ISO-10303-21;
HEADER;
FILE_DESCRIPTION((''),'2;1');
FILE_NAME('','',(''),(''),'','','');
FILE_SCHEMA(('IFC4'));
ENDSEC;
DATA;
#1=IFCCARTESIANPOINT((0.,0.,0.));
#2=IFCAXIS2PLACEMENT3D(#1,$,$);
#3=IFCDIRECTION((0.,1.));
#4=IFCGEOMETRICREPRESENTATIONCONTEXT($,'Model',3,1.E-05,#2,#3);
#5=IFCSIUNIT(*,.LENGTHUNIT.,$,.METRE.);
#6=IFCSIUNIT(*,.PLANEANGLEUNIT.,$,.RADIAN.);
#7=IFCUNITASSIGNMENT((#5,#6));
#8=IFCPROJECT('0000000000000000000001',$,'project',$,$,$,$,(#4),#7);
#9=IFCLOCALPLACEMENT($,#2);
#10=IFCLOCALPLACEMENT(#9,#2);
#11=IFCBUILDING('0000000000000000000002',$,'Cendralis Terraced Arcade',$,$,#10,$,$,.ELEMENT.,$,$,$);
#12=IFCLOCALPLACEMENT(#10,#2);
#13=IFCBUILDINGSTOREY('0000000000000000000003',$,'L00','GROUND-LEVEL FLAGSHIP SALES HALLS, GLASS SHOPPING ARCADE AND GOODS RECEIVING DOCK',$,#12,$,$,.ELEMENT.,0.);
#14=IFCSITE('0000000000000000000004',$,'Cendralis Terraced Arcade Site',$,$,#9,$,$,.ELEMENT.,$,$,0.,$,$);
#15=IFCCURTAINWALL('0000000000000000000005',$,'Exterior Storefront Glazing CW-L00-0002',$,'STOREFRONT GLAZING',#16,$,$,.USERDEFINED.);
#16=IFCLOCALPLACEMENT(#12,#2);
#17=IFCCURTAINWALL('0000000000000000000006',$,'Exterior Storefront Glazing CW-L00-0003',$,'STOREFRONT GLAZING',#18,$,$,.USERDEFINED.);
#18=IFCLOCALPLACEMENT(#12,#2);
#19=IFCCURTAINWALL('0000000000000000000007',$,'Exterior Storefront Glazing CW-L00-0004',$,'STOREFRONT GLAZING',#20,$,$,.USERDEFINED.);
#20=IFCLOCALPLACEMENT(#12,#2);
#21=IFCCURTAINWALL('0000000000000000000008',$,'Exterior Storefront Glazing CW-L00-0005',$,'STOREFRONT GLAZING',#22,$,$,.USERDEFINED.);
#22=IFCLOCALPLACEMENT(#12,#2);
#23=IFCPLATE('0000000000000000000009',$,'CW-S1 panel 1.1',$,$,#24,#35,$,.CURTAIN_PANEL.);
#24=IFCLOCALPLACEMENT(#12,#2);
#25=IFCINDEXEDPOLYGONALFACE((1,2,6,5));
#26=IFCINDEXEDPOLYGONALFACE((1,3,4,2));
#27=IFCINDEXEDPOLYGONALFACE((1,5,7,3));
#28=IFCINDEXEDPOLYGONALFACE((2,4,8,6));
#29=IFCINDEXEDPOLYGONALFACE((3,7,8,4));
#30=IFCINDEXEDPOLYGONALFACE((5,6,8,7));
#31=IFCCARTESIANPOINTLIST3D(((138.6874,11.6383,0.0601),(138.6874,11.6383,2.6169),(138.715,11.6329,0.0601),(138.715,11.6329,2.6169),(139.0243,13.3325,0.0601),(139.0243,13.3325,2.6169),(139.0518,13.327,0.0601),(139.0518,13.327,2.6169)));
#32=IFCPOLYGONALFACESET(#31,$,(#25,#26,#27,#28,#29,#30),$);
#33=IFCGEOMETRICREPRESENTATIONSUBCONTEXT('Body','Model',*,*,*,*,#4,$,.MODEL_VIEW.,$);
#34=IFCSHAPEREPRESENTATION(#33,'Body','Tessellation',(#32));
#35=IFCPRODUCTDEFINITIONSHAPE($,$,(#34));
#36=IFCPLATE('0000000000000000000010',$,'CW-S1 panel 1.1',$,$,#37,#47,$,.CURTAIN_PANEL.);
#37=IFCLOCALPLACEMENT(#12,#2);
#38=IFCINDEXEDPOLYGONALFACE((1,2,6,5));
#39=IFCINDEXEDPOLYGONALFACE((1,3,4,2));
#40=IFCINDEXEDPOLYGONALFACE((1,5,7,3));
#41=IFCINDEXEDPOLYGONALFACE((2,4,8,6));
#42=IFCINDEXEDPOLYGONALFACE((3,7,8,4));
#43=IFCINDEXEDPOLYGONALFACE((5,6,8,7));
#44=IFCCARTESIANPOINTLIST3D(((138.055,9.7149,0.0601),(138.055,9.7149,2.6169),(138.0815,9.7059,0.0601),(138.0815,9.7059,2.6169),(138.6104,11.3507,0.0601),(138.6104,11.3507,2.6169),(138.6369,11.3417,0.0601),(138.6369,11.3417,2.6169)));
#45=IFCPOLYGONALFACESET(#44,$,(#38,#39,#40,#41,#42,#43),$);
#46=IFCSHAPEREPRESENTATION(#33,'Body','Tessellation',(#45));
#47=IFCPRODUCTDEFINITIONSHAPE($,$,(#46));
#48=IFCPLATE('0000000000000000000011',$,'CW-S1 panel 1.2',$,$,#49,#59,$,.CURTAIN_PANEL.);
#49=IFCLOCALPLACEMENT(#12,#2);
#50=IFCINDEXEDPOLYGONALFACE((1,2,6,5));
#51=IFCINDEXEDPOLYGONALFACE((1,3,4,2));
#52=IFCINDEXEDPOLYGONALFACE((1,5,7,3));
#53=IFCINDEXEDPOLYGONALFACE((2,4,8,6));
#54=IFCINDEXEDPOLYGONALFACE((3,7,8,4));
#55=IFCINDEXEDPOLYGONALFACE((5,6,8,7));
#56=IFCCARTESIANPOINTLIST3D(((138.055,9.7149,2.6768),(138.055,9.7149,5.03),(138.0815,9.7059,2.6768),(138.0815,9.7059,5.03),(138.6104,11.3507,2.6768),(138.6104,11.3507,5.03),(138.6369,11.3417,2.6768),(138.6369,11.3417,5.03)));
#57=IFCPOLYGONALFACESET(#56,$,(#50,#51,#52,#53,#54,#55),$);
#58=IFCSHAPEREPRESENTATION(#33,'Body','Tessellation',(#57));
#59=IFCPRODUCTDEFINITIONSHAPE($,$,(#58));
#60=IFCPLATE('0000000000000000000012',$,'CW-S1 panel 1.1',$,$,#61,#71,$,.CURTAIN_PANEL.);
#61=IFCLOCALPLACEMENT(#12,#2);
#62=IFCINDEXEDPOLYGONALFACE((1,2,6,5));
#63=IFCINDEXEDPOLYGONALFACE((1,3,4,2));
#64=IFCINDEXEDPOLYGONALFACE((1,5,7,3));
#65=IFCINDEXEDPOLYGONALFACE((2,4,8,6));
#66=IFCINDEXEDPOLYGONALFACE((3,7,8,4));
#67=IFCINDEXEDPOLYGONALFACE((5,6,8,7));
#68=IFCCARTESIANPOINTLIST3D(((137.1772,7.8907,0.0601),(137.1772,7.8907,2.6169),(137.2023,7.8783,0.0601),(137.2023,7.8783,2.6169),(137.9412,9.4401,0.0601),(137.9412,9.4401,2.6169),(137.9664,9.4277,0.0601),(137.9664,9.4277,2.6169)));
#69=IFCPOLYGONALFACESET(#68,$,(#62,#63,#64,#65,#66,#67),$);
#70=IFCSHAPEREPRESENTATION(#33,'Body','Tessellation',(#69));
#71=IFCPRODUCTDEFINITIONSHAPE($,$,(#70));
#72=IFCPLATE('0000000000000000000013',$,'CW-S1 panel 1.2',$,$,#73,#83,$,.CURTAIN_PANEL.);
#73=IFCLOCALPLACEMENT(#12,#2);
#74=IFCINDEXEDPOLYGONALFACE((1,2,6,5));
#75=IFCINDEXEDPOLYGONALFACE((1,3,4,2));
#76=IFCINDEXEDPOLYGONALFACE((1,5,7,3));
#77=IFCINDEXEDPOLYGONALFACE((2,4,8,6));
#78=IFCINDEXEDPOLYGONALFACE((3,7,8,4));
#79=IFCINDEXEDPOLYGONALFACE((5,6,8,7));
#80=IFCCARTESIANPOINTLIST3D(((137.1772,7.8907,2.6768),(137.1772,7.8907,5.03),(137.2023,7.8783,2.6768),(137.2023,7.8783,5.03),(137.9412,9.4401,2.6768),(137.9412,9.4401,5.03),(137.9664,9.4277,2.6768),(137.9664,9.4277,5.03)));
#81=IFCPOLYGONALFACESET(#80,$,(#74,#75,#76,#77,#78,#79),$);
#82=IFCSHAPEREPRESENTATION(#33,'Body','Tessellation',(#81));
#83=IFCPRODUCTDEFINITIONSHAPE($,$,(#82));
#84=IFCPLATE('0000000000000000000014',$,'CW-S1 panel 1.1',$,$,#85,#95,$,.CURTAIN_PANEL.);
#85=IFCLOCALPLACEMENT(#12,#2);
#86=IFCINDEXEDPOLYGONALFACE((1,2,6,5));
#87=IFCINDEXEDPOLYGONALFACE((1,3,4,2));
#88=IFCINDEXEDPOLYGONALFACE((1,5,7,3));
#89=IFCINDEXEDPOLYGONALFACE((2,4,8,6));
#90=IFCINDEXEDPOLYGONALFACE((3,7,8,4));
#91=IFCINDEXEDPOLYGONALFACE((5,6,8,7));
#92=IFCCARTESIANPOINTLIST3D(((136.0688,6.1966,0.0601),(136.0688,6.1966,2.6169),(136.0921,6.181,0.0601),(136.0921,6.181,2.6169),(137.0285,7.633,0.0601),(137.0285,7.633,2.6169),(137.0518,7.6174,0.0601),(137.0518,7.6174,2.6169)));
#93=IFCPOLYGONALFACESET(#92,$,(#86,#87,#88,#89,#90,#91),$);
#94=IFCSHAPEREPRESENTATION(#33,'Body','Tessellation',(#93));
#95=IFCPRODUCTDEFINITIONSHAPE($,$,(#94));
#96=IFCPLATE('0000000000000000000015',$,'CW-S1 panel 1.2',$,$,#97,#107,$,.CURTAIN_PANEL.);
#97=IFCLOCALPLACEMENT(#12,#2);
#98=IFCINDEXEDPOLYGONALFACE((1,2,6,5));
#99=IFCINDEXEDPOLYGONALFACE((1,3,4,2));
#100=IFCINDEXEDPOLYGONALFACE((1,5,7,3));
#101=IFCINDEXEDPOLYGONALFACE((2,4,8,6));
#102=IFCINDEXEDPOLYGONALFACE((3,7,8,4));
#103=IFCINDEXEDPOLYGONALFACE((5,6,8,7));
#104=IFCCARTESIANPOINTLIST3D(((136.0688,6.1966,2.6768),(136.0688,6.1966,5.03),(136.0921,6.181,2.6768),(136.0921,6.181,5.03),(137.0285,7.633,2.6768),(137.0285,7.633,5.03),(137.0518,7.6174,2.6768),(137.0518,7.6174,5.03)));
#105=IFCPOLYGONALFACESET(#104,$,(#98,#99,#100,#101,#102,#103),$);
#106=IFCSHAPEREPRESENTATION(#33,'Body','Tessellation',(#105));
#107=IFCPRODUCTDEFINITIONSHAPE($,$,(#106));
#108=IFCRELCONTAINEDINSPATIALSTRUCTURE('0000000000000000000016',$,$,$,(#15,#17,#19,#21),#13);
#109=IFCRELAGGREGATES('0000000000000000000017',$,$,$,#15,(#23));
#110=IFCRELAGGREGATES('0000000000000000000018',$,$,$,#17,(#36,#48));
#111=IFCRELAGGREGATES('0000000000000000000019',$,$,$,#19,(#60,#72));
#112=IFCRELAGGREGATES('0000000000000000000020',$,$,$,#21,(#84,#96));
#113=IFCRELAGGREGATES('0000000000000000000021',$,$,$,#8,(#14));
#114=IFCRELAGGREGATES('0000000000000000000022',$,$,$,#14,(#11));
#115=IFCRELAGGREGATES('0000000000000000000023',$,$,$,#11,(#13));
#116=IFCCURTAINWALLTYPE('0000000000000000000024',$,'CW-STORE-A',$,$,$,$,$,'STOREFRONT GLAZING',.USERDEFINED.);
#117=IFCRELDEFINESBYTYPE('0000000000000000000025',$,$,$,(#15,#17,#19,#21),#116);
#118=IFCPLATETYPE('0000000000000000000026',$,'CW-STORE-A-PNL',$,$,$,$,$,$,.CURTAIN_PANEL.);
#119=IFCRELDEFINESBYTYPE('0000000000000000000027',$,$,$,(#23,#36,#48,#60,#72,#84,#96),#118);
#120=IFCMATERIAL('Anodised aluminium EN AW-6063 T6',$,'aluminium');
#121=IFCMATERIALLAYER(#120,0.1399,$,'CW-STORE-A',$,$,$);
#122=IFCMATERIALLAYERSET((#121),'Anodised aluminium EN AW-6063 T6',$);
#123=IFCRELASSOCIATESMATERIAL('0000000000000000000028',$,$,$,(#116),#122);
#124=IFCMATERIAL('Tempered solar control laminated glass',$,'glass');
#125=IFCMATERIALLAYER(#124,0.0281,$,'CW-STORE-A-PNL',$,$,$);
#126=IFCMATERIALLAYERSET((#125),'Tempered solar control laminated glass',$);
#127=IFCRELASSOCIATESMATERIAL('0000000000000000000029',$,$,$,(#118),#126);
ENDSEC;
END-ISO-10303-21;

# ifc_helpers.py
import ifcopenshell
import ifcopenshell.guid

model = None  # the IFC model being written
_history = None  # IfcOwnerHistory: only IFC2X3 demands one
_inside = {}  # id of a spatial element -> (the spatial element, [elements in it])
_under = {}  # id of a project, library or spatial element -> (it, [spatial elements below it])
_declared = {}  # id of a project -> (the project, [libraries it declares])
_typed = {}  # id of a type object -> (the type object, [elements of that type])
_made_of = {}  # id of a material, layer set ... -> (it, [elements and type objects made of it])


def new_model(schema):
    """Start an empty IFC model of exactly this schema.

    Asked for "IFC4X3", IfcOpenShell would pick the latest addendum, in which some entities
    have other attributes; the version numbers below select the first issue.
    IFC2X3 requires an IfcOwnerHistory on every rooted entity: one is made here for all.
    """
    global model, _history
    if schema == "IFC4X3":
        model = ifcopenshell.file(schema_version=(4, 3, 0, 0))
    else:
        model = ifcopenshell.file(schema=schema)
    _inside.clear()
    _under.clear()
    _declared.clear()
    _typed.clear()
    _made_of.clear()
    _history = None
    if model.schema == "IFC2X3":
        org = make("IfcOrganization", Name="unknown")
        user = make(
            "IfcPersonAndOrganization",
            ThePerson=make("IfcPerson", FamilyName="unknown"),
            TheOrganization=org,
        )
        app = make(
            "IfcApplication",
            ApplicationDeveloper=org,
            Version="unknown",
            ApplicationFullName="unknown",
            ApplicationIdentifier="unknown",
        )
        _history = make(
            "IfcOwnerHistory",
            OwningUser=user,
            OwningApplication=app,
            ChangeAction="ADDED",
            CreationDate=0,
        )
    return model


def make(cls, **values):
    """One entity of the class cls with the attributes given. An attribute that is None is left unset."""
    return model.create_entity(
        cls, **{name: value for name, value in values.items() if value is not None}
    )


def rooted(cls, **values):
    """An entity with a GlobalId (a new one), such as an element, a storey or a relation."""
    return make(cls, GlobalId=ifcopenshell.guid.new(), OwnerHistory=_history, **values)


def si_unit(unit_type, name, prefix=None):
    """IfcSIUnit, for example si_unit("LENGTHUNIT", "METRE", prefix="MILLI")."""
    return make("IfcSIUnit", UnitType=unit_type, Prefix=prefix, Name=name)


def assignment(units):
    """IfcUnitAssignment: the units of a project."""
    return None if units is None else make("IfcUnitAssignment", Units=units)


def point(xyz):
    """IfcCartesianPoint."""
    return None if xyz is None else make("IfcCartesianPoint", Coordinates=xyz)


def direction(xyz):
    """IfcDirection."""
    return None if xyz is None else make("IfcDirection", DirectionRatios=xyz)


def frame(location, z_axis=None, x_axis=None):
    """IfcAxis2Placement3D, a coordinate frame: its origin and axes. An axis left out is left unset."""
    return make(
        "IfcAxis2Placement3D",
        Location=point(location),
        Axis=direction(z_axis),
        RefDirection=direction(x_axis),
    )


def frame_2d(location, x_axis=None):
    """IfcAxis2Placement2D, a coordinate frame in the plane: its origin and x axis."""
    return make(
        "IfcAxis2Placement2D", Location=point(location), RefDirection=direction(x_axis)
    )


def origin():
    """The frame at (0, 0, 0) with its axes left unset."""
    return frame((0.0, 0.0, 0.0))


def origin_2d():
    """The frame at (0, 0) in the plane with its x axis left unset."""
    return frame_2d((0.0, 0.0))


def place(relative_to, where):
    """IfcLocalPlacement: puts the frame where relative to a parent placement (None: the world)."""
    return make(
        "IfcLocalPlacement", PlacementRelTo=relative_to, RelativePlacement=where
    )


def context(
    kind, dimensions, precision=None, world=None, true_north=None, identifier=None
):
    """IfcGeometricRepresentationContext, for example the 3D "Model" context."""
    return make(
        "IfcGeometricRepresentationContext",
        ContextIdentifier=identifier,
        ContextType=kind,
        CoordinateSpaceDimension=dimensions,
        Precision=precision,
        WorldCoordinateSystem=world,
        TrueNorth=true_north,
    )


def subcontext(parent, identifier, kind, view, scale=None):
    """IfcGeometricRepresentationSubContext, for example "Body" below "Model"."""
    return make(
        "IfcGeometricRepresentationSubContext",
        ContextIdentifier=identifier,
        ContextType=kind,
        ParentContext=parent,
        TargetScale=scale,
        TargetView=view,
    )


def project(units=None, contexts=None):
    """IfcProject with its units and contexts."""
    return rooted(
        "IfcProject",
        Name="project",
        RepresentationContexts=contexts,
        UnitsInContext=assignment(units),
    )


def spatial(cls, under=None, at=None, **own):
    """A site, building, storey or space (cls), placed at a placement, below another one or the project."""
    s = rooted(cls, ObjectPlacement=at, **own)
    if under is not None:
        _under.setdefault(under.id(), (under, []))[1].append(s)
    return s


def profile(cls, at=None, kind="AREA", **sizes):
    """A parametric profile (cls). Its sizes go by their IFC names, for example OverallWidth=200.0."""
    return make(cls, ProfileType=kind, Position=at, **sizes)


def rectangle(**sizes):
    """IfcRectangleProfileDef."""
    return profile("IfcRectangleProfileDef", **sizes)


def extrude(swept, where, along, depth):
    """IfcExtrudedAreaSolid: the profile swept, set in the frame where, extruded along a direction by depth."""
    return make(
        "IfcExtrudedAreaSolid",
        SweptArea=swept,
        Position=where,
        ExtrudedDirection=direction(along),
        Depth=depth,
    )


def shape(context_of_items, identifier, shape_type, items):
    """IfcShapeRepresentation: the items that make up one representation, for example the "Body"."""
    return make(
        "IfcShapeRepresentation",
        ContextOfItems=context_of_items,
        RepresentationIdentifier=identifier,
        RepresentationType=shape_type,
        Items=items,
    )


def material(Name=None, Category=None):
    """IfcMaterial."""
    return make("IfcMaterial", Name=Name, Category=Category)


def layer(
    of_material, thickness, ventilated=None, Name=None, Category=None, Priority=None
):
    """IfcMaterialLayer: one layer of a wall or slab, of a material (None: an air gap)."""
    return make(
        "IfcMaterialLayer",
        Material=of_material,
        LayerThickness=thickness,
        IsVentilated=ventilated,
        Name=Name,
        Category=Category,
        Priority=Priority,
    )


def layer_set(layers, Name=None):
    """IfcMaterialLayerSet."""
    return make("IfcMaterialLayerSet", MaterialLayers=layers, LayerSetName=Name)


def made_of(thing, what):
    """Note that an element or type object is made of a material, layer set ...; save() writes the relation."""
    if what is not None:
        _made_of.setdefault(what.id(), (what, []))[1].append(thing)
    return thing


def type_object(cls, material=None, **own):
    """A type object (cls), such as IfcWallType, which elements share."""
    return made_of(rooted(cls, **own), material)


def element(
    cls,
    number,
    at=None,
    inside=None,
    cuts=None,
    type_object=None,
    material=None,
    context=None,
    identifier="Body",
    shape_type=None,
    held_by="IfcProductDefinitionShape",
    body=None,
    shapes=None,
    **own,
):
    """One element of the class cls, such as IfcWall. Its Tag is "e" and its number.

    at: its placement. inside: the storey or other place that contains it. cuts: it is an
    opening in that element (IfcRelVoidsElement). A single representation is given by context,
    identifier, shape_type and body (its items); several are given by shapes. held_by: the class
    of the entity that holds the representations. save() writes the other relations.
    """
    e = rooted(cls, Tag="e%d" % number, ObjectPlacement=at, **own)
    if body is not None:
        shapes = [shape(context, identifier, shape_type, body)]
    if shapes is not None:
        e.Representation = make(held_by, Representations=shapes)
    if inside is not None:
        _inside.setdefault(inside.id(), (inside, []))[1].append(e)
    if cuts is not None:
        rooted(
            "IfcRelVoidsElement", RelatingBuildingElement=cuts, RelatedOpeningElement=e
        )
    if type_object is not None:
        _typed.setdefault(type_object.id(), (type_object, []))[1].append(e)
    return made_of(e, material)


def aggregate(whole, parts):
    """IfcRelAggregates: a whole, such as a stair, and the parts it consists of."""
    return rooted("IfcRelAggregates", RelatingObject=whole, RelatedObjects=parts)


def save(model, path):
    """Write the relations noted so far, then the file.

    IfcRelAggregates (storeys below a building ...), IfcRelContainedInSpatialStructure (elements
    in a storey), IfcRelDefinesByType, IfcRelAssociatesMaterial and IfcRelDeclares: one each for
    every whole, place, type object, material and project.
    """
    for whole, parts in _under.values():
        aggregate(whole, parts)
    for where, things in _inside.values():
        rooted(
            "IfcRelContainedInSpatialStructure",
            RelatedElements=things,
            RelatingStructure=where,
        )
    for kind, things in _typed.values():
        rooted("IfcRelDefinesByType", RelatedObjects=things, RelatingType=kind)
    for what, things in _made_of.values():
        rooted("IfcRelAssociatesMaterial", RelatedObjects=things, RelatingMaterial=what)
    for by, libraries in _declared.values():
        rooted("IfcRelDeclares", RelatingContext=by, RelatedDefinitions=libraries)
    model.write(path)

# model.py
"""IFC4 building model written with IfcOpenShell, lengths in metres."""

from ifc_helpers import new_model, si_unit, direction, frame, origin, origin_2d, place, context, subcontext, project, spatial, rectangle, extrude, material, layer, layer_set, type_object, element, aggregate, save


model = new_model("IFC4")

# Units and contexts
model_context = context("Model", 3, precision=1e-05, world=origin(), true_north=direction((0.0, 1.0)))
body_context = subcontext(model_context, "Body", "Model", "MODEL_VIEW")
ifc_project = project(units=[si_unit("LENGTHUNIT", "METRE"), si_unit("PLANEANGLEUNIT", "RADIAN")], contexts=[model_context])

# Site, building, storey
site_placement = place(None, origin())
site = spatial("IfcSite", under=ifc_project, at=site_placement, Name="Cendralis Terraced Arcade Site", CompositionType="ELEMENT", RefElevation=0.0)
building_placement = place(site_placement, origin())
building = spatial("IfcBuilding", under=site, at=building_placement, Name="Cendralis Terraced Arcade", CompositionType="ELEMENT")
storey_placement = place(building_placement, origin())
storey = spatial("IfcBuildingStorey", under=building, at=storey_placement, Name="L00", Description="GROUND-LEVEL FLAGSHIP SALES HALLS, GLASS SHOPPING ARCADE AND GOODS RECEIVING DOCK", CompositionType="ELEMENT", Elevation=0.0)

# Curtain wall
ifc_material_1 = material(Name="Anodised aluminium EN AW-6063 T6", Category="aluminium")
ifc_layer_1 = layer(ifc_material_1, 0.1399, Name="CW-STORE-A")
ifc_layer_set_1 = layer_set([ifc_layer_1], Name="Anodised aluminium EN AW-6063 T6")
curtain_wall_type = type_object("IfcCurtainWallType", Name="CW-STORE-A", ElementType="STOREFRONT GLAZING", PredefinedType="USERDEFINED", material=ifc_layer_set_1)
curtain_wall_1_placement = place(storey_placement, origin())
curtain_wall_1 = element("IfcCurtainWall", 1, at=curtain_wall_1_placement, inside=storey, type_object=curtain_wall_type, Name="Exterior Storefront Glazing CW-L00-0002", ObjectType="STOREFRONT GLAZING", PredefinedType="USERDEFINED")

# Curtain walls
curtain_wall_2_placement = place(storey_placement, origin())
curtain_wall_2 = element("IfcCurtainWall", 2, at=curtain_wall_2_placement, inside=storey, type_object=curtain_wall_type, Name="Exterior Storefront Glazing CW-L00-0003", ObjectType="STOREFRONT GLAZING", PredefinedType="USERDEFINED")
curtain_wall_3_placement = place(storey_placement, origin())
curtain_wall_3 = element("IfcCurtainWall", 3, at=curtain_wall_3_placement, inside=storey, type_object=curtain_wall_type, Name="Exterior Storefront Glazing CW-L00-0004", ObjectType="STOREFRONT GLAZING", PredefinedType="USERDEFINED")
curtain_wall_4_placement = place(storey_placement, origin())
curtain_wall_4 = element("IfcCurtainWall", 4, at=curtain_wall_4_placement, inside=storey, type_object=curtain_wall_type, Name="Exterior Storefront Glazing CW-L00-0005", ObjectType="STOREFRONT GLAZING", PredefinedType="USERDEFINED")

# Plates
ifc_material_2 = material(Name="Tempered solar control laminated glass", Category="glass")
ifc_layer_2 = layer(ifc_material_2, 0.0281, Name="CW-STORE-A-PNL")
ifc_layer_set_2 = layer_set([ifc_layer_2], Name="Tempered solar control laminated glass")
plate_type = type_object("IfcPlateType", Name="CW-STORE-A-PNL", PredefinedType="CURTAIN_PANEL", material=ifc_layer_set_2)
plate_1_placement = place(storey_placement, frame((138.8696, 12.4827, 0.0601), z_axis=(0.0, 0.0, 1.0), x_axis=(-0.195033, -0.980797, 0.0)))
plate_1 = element("IfcPlate", 5, at=plate_1_placement, type_object=plate_type, Name="CW-S1 panel 1.1", PredefinedType="CURTAIN_PANEL", context=body_context, shape_type="SweptSolid", body=[
    extrude(rectangle(XDim=1.7273, YDim=0.0281, at=origin_2d()), origin(), (0.0, 0.0, 1.0), 2.5569),
])
aggregate(curtain_wall_1, [plate_1])
plate_2_placement = place(storey_placement, frame((138.3459, 10.5283, 0.0601), z_axis=(0.0, 0.0, 1.0), x_axis=(-0.3215, -0.94691, 0.0)))
plate_2 = element("IfcPlate", 6, at=plate_2_placement, type_object=plate_type, Name="CW-S1 panel 1.1", PredefinedType="CURTAIN_PANEL", context=body_context, shape_type="SweptSolid", body=[
    extrude(rectangle(XDim=1.7275, YDim=0.0281, at=origin_2d()), origin(), (0.0, 0.0, 1.0), 2.5569),
])
plate_3_placement = place(storey_placement, frame((138.3459, 10.5283, 2.6768), z_axis=(0.0, 0.0, 1.0), x_axis=(-0.3215, -0.94691, 0.0)))
plate_3 = element("IfcPlate", 7, at=plate_3_placement, type_object=plate_type, Name="CW-S1 panel 1.2", PredefinedType="CURTAIN_PANEL", context=body_context, shape_type="SweptSolid", body=[
    extrude(rectangle(XDim=1.7275, YDim=0.0281, at=origin_2d()), origin(), (0.0, 0.0, 1.0), 2.3533),
])
aggregate(curtain_wall_2, [plate_2, plate_3])
plate_4_placement = place(storey_placement, frame((137.5718, 8.6592, 0.0601), z_axis=(0.0, 0.0, 1.0), x_axis=(-0.44227, -0.896882, 0.0)))
plate_4 = element("IfcPlate", 8, at=plate_4_placement, type_object=plate_type, Name="CW-S1 panel 1.1", PredefinedType="CURTAIN_PANEL", context=body_context, shape_type="SweptSolid", body=[
    extrude(rectangle(XDim=1.7275, YDim=0.0281, at=origin_2d()), origin(), (0.0, 0.0, 1.0), 2.5569),
])
plate_5_placement = place(storey_placement, frame((137.5718, 8.6592, 2.6768), z_axis=(0.0, 0.0, 1.0), x_axis=(-0.44227, -0.896882, 0.0)))
plate_5 = element("IfcPlate", 9, at=plate_5_placement, type_object=plate_type, Name="CW-S1 panel 1.2", PredefinedType="CURTAIN_PANEL", context=body_context, shape_type="SweptSolid", body=[
    extrude(rectangle(XDim=1.7275, YDim=0.0281, at=origin_2d()), origin(), (0.0, 0.0, 1.0), 2.3533),
])
aggregate(curtain_wall_3, [plate_4, plate_5])
plate_6_placement = place(storey_placement, frame((136.5603, 6.907, 0.0601), z_axis=(0.0, 0.0, 1.0), x_axis=(-0.555549, -0.831484, 0.0)))
plate_6 = element("IfcPlate", 10, at=plate_6_placement, type_object=plate_type, Name="CW-S1 panel 1.1", PredefinedType="CURTAIN_PANEL", context=body_context, shape_type="SweptSolid", body=[
    extrude(rectangle(XDim=1.7275, YDim=0.0281, at=origin_2d()), origin(), (0.0, 0.0, 1.0), 2.5569),
])
plate_7_placement = place(storey_placement, frame((136.5603, 6.907, 2.6768), z_axis=(0.0, 0.0, 1.0), x_axis=(-0.555549, -0.831484, 0.0)))
plate_7 = element("IfcPlate", 11, at=plate_7_placement, type_object=plate_type, Name="CW-S1 panel 1.2", PredefinedType="CURTAIN_PANEL", context=body_context, shape_type="SweptSolid", body=[
    extrude(rectangle(XDim=1.7275, YDim=0.0281, at=origin_2d()), origin(), (0.0, 0.0, 1.0), 2.3533),
])
aggregate(curtain_wall_4, [plate_6, plate_7])

save(model, "model.ifc")
